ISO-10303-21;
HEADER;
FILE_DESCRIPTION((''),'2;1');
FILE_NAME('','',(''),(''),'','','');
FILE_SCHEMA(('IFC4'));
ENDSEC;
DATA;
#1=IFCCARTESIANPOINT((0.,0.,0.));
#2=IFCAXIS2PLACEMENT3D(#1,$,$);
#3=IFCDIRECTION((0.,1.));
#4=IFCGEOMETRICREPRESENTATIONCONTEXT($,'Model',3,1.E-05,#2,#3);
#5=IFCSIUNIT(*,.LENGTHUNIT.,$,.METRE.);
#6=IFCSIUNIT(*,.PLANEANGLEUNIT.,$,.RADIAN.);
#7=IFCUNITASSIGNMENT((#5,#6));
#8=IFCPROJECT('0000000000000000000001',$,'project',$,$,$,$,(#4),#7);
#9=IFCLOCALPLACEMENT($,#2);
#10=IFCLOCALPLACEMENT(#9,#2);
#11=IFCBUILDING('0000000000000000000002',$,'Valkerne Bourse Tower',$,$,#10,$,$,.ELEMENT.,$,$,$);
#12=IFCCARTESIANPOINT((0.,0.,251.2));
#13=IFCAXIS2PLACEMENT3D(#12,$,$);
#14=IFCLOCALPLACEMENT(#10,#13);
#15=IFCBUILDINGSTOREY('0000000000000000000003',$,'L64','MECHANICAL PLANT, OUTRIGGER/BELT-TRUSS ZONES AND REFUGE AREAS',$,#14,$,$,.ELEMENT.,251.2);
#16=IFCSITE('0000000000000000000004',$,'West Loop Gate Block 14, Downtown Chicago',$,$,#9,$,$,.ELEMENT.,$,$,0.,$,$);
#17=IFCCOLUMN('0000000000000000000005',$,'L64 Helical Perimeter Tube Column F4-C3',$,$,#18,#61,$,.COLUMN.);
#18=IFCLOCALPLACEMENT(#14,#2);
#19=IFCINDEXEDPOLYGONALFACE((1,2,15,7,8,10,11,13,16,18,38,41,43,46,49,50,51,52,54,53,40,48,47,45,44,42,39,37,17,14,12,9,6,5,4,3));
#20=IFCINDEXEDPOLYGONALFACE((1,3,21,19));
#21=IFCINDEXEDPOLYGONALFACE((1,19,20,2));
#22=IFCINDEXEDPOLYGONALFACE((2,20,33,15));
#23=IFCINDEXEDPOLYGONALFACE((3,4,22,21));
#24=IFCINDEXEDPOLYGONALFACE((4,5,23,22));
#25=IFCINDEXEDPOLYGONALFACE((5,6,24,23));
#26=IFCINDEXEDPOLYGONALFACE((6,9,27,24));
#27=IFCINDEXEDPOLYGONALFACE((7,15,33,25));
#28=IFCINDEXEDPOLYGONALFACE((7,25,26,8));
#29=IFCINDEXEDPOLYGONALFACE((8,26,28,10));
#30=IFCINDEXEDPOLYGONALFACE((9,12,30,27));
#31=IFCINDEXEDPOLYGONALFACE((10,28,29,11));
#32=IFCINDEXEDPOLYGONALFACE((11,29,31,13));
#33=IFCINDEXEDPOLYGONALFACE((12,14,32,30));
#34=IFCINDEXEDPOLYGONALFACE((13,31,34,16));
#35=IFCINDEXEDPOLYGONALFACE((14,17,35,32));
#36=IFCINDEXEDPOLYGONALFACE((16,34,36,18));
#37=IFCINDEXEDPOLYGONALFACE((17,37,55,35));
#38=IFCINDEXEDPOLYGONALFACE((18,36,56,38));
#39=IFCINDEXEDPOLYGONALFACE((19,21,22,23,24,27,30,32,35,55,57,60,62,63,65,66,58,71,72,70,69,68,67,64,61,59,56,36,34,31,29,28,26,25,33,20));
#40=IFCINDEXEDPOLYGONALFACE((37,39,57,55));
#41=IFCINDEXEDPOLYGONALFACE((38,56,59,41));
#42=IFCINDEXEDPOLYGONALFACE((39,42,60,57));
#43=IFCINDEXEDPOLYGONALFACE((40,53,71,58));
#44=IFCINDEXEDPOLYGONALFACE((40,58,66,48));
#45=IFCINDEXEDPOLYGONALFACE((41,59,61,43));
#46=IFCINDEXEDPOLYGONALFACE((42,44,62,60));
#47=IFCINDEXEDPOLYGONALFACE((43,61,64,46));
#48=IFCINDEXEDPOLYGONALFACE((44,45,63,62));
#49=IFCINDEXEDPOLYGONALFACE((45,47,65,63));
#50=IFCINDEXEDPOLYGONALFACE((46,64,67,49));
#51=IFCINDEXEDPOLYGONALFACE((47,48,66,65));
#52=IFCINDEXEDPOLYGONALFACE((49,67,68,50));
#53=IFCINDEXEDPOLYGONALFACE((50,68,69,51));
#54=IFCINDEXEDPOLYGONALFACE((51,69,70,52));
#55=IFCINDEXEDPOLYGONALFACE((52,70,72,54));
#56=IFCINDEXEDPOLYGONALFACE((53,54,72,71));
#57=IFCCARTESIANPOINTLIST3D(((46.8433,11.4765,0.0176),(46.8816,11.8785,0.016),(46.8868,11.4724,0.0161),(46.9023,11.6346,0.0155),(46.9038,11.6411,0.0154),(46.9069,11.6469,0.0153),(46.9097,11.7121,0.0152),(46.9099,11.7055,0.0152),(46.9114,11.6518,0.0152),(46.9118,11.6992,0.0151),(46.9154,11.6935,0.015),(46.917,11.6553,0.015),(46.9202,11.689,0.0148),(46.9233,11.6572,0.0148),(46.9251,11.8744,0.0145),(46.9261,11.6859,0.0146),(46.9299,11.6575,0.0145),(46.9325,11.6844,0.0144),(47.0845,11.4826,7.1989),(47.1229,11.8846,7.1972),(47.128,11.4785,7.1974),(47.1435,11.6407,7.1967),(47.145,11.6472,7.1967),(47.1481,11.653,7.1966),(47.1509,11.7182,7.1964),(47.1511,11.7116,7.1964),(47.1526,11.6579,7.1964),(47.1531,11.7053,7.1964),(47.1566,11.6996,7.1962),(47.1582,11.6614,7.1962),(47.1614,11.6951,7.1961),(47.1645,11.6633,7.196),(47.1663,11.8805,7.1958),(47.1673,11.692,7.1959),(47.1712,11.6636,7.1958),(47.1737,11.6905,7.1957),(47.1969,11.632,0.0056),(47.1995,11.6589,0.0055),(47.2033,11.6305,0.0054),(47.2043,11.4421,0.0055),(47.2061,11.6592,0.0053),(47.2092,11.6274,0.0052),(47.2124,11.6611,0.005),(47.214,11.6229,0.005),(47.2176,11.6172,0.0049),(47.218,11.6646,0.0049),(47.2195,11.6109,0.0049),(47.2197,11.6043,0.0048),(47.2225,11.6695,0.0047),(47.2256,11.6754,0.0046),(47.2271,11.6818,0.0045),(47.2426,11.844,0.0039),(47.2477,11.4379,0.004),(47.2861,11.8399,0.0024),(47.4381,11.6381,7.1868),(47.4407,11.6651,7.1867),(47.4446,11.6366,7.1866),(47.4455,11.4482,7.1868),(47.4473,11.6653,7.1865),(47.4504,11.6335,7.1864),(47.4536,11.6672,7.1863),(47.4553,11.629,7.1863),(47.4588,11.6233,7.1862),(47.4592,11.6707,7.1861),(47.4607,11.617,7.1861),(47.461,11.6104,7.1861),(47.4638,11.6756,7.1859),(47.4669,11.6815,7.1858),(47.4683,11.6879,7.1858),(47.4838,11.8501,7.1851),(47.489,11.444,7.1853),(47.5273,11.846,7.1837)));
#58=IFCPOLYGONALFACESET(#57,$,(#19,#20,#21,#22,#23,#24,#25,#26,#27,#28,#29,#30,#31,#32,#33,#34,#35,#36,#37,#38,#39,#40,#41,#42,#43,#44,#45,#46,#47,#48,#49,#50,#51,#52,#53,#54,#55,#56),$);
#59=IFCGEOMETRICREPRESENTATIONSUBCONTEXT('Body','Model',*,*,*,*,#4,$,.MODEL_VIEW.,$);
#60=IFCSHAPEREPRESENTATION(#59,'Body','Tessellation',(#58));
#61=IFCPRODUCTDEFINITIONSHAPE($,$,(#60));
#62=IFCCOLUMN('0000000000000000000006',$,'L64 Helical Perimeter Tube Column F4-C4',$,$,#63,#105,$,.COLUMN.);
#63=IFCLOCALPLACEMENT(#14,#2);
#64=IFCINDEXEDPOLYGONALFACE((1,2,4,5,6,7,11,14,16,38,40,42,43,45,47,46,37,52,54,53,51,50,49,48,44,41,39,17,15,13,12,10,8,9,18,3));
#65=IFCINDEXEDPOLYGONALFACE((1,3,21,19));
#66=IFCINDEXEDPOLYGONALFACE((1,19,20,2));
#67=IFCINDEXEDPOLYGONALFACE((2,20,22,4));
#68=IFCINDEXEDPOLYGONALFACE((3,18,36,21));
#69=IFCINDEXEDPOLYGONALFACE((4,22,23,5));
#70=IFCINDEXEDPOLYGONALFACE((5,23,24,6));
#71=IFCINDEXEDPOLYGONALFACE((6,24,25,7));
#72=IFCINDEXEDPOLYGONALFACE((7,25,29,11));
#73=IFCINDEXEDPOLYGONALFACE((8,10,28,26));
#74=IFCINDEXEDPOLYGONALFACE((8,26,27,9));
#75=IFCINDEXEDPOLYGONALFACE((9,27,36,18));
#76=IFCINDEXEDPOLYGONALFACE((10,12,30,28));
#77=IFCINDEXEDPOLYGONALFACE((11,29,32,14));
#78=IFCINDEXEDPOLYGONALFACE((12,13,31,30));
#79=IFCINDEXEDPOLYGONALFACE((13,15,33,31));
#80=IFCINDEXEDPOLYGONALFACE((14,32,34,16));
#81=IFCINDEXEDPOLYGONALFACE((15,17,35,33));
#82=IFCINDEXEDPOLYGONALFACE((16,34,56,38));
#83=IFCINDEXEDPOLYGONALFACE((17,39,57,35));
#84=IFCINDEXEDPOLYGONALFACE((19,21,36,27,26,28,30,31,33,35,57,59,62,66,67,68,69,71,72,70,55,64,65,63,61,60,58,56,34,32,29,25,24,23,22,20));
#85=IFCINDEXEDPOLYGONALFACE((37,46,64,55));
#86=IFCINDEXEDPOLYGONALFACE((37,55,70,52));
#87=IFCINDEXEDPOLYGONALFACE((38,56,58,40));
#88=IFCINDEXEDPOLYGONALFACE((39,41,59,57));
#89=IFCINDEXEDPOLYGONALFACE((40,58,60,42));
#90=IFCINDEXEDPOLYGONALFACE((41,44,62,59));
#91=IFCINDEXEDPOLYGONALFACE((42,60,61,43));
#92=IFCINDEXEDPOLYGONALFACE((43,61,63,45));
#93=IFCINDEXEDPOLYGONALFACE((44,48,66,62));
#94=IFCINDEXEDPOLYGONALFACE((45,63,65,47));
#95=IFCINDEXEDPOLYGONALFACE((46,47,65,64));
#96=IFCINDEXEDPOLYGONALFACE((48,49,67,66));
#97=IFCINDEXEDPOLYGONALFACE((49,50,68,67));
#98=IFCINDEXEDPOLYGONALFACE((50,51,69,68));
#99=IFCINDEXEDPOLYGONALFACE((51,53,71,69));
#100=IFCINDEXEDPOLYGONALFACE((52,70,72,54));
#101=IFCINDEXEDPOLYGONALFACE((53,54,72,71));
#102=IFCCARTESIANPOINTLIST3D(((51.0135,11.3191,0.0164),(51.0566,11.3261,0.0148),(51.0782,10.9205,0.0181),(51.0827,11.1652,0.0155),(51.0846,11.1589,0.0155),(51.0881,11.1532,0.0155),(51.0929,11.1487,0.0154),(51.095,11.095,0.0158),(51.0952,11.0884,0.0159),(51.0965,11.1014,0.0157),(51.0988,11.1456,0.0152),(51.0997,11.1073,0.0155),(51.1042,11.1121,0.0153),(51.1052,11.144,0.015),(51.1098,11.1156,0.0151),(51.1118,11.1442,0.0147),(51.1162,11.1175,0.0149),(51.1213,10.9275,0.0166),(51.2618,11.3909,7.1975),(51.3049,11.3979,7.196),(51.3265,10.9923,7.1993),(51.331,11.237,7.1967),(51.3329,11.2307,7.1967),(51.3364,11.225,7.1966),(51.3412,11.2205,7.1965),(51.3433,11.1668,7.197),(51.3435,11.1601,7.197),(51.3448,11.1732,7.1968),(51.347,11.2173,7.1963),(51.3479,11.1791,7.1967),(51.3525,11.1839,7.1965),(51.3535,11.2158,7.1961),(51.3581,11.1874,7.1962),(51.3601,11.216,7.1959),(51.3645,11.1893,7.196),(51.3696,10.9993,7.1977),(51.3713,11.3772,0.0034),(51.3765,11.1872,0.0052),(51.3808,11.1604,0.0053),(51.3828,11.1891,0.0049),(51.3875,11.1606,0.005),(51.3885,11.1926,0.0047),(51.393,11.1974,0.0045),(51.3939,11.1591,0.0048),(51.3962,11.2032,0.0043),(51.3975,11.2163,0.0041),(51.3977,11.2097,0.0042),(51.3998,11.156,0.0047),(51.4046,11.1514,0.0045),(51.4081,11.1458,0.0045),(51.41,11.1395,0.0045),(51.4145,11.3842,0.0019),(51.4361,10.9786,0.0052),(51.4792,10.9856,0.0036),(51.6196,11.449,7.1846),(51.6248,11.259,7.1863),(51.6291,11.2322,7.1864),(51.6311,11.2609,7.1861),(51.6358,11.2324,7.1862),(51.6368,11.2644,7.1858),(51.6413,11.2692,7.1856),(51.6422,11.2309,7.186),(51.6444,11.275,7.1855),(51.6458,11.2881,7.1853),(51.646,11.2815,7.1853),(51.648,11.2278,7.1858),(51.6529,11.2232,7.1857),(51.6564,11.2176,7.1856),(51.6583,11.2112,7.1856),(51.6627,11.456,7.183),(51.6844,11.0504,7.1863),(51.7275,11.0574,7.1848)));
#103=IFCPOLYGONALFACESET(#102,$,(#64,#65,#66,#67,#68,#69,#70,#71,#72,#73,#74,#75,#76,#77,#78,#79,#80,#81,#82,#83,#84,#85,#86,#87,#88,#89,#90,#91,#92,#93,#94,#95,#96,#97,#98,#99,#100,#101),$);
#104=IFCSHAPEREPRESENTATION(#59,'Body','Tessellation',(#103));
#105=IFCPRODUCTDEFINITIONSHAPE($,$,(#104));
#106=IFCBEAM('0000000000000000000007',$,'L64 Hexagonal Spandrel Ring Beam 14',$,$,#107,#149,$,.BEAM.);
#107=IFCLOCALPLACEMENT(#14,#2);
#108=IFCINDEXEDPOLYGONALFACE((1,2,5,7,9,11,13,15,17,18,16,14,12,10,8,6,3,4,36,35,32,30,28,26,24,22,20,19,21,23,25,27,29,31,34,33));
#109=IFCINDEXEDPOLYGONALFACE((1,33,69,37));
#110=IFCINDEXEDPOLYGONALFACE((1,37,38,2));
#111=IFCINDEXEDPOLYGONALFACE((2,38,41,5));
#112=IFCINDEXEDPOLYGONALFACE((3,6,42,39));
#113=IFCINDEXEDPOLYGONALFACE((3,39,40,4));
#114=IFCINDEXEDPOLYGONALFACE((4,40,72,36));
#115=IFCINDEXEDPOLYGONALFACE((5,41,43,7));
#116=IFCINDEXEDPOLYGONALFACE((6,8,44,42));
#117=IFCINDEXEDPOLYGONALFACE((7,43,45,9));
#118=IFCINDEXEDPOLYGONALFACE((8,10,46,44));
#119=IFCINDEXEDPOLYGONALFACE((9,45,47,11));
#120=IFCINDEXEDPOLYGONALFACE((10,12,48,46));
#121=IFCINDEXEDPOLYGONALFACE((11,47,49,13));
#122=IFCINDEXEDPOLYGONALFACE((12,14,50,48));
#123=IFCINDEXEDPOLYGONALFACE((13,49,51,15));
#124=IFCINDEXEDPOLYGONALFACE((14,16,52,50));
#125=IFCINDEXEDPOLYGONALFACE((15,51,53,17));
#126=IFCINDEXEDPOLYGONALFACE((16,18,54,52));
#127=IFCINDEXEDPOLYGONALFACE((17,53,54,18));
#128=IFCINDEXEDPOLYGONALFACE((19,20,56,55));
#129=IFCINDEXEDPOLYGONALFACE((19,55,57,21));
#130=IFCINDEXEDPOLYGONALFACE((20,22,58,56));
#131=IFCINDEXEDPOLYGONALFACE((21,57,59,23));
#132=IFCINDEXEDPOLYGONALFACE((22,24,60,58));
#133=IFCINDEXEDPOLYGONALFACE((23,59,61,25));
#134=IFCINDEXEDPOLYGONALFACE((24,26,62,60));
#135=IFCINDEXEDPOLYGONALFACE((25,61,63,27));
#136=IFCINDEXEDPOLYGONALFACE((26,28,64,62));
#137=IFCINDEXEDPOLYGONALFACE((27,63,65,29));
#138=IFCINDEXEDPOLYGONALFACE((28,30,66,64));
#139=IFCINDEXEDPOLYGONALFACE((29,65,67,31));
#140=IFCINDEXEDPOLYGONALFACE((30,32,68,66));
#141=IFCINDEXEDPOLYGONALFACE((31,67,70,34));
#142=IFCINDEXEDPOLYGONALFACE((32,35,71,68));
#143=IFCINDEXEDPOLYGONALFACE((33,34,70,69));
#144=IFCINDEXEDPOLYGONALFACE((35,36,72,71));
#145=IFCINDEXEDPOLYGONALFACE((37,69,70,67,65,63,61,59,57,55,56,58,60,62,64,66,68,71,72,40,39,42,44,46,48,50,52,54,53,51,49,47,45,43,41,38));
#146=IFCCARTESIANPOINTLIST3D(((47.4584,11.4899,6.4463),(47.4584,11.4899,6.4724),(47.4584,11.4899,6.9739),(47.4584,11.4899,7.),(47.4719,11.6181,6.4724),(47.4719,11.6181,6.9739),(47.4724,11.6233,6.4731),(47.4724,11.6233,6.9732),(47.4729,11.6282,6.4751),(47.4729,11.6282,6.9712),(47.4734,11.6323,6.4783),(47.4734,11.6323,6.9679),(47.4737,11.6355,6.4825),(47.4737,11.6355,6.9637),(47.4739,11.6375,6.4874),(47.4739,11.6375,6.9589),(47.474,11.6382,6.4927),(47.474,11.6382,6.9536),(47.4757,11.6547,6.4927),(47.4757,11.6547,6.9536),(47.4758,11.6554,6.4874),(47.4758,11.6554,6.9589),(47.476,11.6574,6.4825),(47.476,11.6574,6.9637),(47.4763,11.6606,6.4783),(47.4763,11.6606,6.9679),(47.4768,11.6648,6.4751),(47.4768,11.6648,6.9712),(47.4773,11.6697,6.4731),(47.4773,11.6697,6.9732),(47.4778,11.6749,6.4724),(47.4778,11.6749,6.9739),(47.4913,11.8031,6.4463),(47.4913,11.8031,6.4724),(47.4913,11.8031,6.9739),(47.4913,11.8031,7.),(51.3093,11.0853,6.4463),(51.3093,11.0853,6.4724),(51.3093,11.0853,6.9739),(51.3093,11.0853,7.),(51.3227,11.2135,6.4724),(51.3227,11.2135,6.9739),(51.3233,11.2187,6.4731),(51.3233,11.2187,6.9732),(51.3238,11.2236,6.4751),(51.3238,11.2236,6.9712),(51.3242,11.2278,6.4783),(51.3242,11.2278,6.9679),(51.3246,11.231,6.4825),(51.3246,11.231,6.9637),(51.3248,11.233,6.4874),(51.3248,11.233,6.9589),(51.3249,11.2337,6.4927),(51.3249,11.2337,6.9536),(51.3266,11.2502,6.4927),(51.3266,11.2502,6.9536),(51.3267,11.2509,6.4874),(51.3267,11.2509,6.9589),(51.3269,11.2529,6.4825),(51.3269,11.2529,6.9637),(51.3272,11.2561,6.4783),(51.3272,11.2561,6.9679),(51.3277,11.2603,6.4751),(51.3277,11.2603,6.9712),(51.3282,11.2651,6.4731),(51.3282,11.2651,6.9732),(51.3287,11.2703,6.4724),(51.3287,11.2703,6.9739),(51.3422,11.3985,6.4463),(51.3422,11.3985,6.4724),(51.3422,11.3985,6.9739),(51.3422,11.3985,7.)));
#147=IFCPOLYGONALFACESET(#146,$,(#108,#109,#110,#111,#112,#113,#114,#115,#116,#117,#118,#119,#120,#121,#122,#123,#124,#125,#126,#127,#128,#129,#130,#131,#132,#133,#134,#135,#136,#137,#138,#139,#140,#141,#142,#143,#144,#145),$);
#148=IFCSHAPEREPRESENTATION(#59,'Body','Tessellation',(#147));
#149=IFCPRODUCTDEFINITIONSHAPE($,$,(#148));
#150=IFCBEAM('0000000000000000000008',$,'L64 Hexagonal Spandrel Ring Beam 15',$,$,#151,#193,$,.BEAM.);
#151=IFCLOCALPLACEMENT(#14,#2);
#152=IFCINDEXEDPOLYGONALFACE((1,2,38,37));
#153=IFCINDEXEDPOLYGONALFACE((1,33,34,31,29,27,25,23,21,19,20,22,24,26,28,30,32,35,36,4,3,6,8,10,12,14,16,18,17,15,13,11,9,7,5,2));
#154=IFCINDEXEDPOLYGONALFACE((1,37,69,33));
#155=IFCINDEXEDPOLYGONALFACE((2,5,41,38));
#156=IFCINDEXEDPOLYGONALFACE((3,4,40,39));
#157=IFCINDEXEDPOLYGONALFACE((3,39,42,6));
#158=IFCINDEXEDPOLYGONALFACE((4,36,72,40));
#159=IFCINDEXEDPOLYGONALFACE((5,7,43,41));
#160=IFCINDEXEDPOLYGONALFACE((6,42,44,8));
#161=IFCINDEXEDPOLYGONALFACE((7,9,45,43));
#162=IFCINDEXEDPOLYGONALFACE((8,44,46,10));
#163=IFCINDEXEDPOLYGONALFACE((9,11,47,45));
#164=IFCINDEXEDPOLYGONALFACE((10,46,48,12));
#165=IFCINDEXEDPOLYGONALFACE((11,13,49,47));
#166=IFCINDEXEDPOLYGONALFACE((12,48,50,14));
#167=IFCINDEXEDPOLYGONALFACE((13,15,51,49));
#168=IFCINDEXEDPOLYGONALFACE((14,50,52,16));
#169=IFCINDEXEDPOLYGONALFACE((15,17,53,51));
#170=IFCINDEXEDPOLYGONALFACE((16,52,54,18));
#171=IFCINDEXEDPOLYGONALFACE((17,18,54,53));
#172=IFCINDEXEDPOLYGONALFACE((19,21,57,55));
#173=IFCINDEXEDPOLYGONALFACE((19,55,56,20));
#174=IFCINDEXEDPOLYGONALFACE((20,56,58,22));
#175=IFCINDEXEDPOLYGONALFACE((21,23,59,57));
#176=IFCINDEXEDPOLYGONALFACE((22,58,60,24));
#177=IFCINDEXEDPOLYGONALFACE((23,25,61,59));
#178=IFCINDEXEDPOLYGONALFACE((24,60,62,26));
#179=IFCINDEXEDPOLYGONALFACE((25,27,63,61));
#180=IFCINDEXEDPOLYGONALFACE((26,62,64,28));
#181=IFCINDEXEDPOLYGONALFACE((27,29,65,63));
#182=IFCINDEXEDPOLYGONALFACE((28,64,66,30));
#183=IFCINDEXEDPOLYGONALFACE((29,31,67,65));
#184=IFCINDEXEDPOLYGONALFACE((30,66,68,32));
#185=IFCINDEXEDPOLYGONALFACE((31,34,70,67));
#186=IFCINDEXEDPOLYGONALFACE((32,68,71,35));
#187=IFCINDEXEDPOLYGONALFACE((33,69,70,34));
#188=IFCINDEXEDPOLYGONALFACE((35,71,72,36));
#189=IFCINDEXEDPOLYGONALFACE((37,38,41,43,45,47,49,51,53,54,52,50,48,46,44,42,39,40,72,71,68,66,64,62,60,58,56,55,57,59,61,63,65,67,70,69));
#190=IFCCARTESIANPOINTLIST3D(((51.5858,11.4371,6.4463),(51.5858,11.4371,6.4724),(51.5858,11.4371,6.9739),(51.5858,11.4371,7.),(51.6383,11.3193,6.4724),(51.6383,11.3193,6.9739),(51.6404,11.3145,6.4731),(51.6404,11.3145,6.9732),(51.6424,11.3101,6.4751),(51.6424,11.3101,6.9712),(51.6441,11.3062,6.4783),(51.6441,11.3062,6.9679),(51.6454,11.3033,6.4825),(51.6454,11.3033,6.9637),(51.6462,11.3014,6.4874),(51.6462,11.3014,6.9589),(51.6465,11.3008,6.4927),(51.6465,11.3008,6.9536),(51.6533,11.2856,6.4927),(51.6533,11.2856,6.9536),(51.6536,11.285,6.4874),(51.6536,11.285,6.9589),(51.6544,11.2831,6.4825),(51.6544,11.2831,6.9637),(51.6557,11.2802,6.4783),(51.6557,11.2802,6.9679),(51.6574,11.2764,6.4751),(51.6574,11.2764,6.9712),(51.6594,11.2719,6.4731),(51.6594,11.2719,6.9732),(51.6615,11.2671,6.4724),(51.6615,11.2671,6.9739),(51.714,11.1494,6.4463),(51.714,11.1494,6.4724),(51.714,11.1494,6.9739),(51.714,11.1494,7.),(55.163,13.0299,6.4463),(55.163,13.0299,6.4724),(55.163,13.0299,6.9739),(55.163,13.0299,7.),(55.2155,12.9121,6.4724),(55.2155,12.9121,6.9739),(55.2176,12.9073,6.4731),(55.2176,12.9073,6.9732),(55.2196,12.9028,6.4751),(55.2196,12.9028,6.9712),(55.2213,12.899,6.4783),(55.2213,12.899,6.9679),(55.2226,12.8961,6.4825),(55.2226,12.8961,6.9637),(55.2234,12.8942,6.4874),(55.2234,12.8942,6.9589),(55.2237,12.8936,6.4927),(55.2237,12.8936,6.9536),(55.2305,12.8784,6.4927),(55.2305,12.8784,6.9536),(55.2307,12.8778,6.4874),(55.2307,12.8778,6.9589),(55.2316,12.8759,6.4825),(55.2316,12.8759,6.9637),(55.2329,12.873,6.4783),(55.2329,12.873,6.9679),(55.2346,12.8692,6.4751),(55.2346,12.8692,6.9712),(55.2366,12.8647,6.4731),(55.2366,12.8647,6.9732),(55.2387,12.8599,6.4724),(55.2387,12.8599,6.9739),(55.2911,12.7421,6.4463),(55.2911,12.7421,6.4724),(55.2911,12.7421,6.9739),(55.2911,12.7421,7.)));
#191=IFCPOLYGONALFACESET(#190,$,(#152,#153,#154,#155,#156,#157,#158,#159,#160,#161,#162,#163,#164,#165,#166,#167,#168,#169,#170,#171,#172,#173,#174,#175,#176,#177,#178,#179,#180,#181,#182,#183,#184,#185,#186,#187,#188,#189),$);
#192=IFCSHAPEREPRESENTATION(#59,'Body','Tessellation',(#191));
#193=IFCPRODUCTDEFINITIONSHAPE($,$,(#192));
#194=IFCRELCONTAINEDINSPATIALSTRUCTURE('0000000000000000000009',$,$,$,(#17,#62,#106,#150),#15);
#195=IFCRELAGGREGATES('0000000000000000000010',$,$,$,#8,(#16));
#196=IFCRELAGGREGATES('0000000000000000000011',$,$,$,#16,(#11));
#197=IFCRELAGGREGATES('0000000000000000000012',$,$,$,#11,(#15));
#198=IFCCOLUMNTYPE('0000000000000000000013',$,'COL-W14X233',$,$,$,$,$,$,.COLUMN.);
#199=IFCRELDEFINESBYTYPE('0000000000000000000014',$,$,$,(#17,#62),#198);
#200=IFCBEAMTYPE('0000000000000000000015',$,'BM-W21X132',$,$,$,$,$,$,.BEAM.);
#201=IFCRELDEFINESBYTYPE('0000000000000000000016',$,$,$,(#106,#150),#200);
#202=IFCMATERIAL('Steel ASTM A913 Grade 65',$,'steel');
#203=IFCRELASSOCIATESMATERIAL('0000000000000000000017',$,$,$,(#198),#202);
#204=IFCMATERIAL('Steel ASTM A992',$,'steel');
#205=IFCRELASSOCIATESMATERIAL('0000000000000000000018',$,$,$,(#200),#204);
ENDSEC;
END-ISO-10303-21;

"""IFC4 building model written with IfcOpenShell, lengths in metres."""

from ifc_helpers import new_model, si_unit, direction, frame, origin, origin_2d, place, context, subcontext, project, spatial, i_section, extrude, material, material_profile, profile_set, type_object, element, save


model = new_model("IFC4")

# Units and contexts
model_context = context("Model", 3, precision=1e-05, world=origin(), true_north=direction((0.0, 1.0)))
body_context = subcontext(model_context, "Body", "Model", "MODEL_VIEW")
ifc_project = project(units=[si_unit("LENGTHUNIT", "METRE"), si_unit("PLANEANGLEUNIT", "RADIAN")], contexts=[model_context])

# Site, building, storey
site_placement = place(None, origin())
site = spatial("IfcSite", under=ifc_project, at=site_placement, Name="West Loop Gate Block 14, Downtown Chicago", CompositionType="ELEMENT", RefElevation=0.0)
building_placement = place(site_placement, origin())
building = spatial("IfcBuilding", under=site, at=building_placement, Name="Valkerne Bourse Tower", CompositionType="ELEMENT")
storey_placement = place(building_placement, frame((0.0, 0.0, 251.2)))
storey = spatial("IfcBuildingStorey", under=building, at=storey_placement, Name="L64", Description="MECHANICAL PLANT, OUTRIGGER/BELT-TRUSS ZONES AND REFUGE AREAS", CompositionType="ELEMENT", Elevation=251.2)

# Columns
ifc_material_1 = material(Name="Steel ASTM A913 Grade 65", Category="steel")
ifc_material_profile_1 = material_profile(ifc_material_1, i_section(OverallWidth=0.4038, OverallDepth=0.4065, WebThickness=0.0271, FlangeThickness=0.0437, FilletRadius=0.0254, at=origin_2d()), Name="W14X233")
ifc_profile_set_1 = profile_set([ifc_material_profile_1], Name="Steel ASTM A913 Grade 65")
column_type = type_object("IfcColumnType", Name="COL-W14X233", PredefinedType="COLUMN", material=ifc_profile_set_1)
column_1_placement = place(storey_placement, frame((47.0647, 11.6582, 0.01), z_axis=(0.033571, 0.000849, 0.999436), x_axis=(0.094918, 0.995477, -0.004034)))
element("IfcColumn", 1, at=column_1_placement, inside=storey, type_object=column_type, Name="L64 Helical Perimeter Tube Column F4-C3", PredefinedType="COLUMN", context=body_context, shape_type="SweptSolid", body=[
    extrude(i_section(OverallWidth=0.4038, OverallDepth=0.4065, WebThickness=0.0271, FlangeThickness=0.0437, FilletRadius=0.0254, at=origin_2d()), origin(), (0.0, 0.0, 1.0), 7.1853),
])
column_2_placement = place(storey_placement, frame((51.2463, 11.1523, 0.01), z_axis=(0.034553, 0.009989, 0.999353), x_axis=(-0.160366, 0.987048, -0.004321)))
element("IfcColumn", 2, at=column_2_placement, inside=storey, type_object=column_type, Name="L64 Helical Perimeter Tube Column F4-C4", PredefinedType="COLUMN", context=body_context, shape_type="SweptSolid", body=[
    extrude(i_section(OverallWidth=0.4038, OverallDepth=0.4065, WebThickness=0.0271, FlangeThickness=0.0437, FilletRadius=0.0254, at=origin_2d()), origin(), (0.0, 0.0, 1.0), 7.1858),
])

# Beams
ifc_material_2 = material(Name="Steel ASTM A992", Category="steel")
ifc_material_profile_2 = material_profile(ifc_material_2, i_section(OverallWidth=0.3149, OverallDepth=0.5537, WebThickness=0.0166, FlangeThickness=0.0261, FilletRadius=0.0203, at=origin_2d()), Name="W21X132")
ifc_profile_set_2 = profile_set([ifc_material_profile_2], Name="Steel ASTM A992")
beam_type = type_object("IfcBeamType", Name="BM-W21X132", PredefinedType="BEAM", material=ifc_profile_set_2)
beam_1_placement = place(storey_placement, frame((47.4749, 11.6465, 6.7231), z_axis=(0.994527, -0.104478, 0.0), x_axis=(0.104478, 0.994527, 0.0)))
element("IfcBeam", 3, at=beam_1_placement, inside=storey, type_object=beam_type, Name="L64 Hexagonal Spandrel Ring Beam 14", PredefinedType="BEAM", context=body_context, shape_type="SweptSolid", body=[
    extrude(i_section(OverallWidth=0.3149, OverallDepth=0.5537, WebThickness=0.0166, FlangeThickness=0.0261, FilletRadius=0.0203, at=origin_2d()), origin(), (0.0, 0.0, 1.0), 3.8721),
])
beam_2_placement = place(storey_placement, frame((51.6499, 11.2932, 6.7231), z_axis=(0.913534, 0.406763, 0.0), x_axis=(-0.406763, 0.913534, 0.0)))
element("IfcBeam", 4, at=beam_2_placement, inside=storey, type_object=beam_type, Name="L64 Hexagonal Spandrel Ring Beam 15", PredefinedType="BEAM", context=body_context, shape_type="SweptSolid", body=[
    extrude(i_section(OverallWidth=0.3149, OverallDepth=0.5537, WebThickness=0.0166, FlangeThickness=0.0261, FilletRadius=0.0203, at=origin_2d()), origin(), (0.0, 0.0, 1.0), 3.9158),
])

save(model, "model.ifc")
